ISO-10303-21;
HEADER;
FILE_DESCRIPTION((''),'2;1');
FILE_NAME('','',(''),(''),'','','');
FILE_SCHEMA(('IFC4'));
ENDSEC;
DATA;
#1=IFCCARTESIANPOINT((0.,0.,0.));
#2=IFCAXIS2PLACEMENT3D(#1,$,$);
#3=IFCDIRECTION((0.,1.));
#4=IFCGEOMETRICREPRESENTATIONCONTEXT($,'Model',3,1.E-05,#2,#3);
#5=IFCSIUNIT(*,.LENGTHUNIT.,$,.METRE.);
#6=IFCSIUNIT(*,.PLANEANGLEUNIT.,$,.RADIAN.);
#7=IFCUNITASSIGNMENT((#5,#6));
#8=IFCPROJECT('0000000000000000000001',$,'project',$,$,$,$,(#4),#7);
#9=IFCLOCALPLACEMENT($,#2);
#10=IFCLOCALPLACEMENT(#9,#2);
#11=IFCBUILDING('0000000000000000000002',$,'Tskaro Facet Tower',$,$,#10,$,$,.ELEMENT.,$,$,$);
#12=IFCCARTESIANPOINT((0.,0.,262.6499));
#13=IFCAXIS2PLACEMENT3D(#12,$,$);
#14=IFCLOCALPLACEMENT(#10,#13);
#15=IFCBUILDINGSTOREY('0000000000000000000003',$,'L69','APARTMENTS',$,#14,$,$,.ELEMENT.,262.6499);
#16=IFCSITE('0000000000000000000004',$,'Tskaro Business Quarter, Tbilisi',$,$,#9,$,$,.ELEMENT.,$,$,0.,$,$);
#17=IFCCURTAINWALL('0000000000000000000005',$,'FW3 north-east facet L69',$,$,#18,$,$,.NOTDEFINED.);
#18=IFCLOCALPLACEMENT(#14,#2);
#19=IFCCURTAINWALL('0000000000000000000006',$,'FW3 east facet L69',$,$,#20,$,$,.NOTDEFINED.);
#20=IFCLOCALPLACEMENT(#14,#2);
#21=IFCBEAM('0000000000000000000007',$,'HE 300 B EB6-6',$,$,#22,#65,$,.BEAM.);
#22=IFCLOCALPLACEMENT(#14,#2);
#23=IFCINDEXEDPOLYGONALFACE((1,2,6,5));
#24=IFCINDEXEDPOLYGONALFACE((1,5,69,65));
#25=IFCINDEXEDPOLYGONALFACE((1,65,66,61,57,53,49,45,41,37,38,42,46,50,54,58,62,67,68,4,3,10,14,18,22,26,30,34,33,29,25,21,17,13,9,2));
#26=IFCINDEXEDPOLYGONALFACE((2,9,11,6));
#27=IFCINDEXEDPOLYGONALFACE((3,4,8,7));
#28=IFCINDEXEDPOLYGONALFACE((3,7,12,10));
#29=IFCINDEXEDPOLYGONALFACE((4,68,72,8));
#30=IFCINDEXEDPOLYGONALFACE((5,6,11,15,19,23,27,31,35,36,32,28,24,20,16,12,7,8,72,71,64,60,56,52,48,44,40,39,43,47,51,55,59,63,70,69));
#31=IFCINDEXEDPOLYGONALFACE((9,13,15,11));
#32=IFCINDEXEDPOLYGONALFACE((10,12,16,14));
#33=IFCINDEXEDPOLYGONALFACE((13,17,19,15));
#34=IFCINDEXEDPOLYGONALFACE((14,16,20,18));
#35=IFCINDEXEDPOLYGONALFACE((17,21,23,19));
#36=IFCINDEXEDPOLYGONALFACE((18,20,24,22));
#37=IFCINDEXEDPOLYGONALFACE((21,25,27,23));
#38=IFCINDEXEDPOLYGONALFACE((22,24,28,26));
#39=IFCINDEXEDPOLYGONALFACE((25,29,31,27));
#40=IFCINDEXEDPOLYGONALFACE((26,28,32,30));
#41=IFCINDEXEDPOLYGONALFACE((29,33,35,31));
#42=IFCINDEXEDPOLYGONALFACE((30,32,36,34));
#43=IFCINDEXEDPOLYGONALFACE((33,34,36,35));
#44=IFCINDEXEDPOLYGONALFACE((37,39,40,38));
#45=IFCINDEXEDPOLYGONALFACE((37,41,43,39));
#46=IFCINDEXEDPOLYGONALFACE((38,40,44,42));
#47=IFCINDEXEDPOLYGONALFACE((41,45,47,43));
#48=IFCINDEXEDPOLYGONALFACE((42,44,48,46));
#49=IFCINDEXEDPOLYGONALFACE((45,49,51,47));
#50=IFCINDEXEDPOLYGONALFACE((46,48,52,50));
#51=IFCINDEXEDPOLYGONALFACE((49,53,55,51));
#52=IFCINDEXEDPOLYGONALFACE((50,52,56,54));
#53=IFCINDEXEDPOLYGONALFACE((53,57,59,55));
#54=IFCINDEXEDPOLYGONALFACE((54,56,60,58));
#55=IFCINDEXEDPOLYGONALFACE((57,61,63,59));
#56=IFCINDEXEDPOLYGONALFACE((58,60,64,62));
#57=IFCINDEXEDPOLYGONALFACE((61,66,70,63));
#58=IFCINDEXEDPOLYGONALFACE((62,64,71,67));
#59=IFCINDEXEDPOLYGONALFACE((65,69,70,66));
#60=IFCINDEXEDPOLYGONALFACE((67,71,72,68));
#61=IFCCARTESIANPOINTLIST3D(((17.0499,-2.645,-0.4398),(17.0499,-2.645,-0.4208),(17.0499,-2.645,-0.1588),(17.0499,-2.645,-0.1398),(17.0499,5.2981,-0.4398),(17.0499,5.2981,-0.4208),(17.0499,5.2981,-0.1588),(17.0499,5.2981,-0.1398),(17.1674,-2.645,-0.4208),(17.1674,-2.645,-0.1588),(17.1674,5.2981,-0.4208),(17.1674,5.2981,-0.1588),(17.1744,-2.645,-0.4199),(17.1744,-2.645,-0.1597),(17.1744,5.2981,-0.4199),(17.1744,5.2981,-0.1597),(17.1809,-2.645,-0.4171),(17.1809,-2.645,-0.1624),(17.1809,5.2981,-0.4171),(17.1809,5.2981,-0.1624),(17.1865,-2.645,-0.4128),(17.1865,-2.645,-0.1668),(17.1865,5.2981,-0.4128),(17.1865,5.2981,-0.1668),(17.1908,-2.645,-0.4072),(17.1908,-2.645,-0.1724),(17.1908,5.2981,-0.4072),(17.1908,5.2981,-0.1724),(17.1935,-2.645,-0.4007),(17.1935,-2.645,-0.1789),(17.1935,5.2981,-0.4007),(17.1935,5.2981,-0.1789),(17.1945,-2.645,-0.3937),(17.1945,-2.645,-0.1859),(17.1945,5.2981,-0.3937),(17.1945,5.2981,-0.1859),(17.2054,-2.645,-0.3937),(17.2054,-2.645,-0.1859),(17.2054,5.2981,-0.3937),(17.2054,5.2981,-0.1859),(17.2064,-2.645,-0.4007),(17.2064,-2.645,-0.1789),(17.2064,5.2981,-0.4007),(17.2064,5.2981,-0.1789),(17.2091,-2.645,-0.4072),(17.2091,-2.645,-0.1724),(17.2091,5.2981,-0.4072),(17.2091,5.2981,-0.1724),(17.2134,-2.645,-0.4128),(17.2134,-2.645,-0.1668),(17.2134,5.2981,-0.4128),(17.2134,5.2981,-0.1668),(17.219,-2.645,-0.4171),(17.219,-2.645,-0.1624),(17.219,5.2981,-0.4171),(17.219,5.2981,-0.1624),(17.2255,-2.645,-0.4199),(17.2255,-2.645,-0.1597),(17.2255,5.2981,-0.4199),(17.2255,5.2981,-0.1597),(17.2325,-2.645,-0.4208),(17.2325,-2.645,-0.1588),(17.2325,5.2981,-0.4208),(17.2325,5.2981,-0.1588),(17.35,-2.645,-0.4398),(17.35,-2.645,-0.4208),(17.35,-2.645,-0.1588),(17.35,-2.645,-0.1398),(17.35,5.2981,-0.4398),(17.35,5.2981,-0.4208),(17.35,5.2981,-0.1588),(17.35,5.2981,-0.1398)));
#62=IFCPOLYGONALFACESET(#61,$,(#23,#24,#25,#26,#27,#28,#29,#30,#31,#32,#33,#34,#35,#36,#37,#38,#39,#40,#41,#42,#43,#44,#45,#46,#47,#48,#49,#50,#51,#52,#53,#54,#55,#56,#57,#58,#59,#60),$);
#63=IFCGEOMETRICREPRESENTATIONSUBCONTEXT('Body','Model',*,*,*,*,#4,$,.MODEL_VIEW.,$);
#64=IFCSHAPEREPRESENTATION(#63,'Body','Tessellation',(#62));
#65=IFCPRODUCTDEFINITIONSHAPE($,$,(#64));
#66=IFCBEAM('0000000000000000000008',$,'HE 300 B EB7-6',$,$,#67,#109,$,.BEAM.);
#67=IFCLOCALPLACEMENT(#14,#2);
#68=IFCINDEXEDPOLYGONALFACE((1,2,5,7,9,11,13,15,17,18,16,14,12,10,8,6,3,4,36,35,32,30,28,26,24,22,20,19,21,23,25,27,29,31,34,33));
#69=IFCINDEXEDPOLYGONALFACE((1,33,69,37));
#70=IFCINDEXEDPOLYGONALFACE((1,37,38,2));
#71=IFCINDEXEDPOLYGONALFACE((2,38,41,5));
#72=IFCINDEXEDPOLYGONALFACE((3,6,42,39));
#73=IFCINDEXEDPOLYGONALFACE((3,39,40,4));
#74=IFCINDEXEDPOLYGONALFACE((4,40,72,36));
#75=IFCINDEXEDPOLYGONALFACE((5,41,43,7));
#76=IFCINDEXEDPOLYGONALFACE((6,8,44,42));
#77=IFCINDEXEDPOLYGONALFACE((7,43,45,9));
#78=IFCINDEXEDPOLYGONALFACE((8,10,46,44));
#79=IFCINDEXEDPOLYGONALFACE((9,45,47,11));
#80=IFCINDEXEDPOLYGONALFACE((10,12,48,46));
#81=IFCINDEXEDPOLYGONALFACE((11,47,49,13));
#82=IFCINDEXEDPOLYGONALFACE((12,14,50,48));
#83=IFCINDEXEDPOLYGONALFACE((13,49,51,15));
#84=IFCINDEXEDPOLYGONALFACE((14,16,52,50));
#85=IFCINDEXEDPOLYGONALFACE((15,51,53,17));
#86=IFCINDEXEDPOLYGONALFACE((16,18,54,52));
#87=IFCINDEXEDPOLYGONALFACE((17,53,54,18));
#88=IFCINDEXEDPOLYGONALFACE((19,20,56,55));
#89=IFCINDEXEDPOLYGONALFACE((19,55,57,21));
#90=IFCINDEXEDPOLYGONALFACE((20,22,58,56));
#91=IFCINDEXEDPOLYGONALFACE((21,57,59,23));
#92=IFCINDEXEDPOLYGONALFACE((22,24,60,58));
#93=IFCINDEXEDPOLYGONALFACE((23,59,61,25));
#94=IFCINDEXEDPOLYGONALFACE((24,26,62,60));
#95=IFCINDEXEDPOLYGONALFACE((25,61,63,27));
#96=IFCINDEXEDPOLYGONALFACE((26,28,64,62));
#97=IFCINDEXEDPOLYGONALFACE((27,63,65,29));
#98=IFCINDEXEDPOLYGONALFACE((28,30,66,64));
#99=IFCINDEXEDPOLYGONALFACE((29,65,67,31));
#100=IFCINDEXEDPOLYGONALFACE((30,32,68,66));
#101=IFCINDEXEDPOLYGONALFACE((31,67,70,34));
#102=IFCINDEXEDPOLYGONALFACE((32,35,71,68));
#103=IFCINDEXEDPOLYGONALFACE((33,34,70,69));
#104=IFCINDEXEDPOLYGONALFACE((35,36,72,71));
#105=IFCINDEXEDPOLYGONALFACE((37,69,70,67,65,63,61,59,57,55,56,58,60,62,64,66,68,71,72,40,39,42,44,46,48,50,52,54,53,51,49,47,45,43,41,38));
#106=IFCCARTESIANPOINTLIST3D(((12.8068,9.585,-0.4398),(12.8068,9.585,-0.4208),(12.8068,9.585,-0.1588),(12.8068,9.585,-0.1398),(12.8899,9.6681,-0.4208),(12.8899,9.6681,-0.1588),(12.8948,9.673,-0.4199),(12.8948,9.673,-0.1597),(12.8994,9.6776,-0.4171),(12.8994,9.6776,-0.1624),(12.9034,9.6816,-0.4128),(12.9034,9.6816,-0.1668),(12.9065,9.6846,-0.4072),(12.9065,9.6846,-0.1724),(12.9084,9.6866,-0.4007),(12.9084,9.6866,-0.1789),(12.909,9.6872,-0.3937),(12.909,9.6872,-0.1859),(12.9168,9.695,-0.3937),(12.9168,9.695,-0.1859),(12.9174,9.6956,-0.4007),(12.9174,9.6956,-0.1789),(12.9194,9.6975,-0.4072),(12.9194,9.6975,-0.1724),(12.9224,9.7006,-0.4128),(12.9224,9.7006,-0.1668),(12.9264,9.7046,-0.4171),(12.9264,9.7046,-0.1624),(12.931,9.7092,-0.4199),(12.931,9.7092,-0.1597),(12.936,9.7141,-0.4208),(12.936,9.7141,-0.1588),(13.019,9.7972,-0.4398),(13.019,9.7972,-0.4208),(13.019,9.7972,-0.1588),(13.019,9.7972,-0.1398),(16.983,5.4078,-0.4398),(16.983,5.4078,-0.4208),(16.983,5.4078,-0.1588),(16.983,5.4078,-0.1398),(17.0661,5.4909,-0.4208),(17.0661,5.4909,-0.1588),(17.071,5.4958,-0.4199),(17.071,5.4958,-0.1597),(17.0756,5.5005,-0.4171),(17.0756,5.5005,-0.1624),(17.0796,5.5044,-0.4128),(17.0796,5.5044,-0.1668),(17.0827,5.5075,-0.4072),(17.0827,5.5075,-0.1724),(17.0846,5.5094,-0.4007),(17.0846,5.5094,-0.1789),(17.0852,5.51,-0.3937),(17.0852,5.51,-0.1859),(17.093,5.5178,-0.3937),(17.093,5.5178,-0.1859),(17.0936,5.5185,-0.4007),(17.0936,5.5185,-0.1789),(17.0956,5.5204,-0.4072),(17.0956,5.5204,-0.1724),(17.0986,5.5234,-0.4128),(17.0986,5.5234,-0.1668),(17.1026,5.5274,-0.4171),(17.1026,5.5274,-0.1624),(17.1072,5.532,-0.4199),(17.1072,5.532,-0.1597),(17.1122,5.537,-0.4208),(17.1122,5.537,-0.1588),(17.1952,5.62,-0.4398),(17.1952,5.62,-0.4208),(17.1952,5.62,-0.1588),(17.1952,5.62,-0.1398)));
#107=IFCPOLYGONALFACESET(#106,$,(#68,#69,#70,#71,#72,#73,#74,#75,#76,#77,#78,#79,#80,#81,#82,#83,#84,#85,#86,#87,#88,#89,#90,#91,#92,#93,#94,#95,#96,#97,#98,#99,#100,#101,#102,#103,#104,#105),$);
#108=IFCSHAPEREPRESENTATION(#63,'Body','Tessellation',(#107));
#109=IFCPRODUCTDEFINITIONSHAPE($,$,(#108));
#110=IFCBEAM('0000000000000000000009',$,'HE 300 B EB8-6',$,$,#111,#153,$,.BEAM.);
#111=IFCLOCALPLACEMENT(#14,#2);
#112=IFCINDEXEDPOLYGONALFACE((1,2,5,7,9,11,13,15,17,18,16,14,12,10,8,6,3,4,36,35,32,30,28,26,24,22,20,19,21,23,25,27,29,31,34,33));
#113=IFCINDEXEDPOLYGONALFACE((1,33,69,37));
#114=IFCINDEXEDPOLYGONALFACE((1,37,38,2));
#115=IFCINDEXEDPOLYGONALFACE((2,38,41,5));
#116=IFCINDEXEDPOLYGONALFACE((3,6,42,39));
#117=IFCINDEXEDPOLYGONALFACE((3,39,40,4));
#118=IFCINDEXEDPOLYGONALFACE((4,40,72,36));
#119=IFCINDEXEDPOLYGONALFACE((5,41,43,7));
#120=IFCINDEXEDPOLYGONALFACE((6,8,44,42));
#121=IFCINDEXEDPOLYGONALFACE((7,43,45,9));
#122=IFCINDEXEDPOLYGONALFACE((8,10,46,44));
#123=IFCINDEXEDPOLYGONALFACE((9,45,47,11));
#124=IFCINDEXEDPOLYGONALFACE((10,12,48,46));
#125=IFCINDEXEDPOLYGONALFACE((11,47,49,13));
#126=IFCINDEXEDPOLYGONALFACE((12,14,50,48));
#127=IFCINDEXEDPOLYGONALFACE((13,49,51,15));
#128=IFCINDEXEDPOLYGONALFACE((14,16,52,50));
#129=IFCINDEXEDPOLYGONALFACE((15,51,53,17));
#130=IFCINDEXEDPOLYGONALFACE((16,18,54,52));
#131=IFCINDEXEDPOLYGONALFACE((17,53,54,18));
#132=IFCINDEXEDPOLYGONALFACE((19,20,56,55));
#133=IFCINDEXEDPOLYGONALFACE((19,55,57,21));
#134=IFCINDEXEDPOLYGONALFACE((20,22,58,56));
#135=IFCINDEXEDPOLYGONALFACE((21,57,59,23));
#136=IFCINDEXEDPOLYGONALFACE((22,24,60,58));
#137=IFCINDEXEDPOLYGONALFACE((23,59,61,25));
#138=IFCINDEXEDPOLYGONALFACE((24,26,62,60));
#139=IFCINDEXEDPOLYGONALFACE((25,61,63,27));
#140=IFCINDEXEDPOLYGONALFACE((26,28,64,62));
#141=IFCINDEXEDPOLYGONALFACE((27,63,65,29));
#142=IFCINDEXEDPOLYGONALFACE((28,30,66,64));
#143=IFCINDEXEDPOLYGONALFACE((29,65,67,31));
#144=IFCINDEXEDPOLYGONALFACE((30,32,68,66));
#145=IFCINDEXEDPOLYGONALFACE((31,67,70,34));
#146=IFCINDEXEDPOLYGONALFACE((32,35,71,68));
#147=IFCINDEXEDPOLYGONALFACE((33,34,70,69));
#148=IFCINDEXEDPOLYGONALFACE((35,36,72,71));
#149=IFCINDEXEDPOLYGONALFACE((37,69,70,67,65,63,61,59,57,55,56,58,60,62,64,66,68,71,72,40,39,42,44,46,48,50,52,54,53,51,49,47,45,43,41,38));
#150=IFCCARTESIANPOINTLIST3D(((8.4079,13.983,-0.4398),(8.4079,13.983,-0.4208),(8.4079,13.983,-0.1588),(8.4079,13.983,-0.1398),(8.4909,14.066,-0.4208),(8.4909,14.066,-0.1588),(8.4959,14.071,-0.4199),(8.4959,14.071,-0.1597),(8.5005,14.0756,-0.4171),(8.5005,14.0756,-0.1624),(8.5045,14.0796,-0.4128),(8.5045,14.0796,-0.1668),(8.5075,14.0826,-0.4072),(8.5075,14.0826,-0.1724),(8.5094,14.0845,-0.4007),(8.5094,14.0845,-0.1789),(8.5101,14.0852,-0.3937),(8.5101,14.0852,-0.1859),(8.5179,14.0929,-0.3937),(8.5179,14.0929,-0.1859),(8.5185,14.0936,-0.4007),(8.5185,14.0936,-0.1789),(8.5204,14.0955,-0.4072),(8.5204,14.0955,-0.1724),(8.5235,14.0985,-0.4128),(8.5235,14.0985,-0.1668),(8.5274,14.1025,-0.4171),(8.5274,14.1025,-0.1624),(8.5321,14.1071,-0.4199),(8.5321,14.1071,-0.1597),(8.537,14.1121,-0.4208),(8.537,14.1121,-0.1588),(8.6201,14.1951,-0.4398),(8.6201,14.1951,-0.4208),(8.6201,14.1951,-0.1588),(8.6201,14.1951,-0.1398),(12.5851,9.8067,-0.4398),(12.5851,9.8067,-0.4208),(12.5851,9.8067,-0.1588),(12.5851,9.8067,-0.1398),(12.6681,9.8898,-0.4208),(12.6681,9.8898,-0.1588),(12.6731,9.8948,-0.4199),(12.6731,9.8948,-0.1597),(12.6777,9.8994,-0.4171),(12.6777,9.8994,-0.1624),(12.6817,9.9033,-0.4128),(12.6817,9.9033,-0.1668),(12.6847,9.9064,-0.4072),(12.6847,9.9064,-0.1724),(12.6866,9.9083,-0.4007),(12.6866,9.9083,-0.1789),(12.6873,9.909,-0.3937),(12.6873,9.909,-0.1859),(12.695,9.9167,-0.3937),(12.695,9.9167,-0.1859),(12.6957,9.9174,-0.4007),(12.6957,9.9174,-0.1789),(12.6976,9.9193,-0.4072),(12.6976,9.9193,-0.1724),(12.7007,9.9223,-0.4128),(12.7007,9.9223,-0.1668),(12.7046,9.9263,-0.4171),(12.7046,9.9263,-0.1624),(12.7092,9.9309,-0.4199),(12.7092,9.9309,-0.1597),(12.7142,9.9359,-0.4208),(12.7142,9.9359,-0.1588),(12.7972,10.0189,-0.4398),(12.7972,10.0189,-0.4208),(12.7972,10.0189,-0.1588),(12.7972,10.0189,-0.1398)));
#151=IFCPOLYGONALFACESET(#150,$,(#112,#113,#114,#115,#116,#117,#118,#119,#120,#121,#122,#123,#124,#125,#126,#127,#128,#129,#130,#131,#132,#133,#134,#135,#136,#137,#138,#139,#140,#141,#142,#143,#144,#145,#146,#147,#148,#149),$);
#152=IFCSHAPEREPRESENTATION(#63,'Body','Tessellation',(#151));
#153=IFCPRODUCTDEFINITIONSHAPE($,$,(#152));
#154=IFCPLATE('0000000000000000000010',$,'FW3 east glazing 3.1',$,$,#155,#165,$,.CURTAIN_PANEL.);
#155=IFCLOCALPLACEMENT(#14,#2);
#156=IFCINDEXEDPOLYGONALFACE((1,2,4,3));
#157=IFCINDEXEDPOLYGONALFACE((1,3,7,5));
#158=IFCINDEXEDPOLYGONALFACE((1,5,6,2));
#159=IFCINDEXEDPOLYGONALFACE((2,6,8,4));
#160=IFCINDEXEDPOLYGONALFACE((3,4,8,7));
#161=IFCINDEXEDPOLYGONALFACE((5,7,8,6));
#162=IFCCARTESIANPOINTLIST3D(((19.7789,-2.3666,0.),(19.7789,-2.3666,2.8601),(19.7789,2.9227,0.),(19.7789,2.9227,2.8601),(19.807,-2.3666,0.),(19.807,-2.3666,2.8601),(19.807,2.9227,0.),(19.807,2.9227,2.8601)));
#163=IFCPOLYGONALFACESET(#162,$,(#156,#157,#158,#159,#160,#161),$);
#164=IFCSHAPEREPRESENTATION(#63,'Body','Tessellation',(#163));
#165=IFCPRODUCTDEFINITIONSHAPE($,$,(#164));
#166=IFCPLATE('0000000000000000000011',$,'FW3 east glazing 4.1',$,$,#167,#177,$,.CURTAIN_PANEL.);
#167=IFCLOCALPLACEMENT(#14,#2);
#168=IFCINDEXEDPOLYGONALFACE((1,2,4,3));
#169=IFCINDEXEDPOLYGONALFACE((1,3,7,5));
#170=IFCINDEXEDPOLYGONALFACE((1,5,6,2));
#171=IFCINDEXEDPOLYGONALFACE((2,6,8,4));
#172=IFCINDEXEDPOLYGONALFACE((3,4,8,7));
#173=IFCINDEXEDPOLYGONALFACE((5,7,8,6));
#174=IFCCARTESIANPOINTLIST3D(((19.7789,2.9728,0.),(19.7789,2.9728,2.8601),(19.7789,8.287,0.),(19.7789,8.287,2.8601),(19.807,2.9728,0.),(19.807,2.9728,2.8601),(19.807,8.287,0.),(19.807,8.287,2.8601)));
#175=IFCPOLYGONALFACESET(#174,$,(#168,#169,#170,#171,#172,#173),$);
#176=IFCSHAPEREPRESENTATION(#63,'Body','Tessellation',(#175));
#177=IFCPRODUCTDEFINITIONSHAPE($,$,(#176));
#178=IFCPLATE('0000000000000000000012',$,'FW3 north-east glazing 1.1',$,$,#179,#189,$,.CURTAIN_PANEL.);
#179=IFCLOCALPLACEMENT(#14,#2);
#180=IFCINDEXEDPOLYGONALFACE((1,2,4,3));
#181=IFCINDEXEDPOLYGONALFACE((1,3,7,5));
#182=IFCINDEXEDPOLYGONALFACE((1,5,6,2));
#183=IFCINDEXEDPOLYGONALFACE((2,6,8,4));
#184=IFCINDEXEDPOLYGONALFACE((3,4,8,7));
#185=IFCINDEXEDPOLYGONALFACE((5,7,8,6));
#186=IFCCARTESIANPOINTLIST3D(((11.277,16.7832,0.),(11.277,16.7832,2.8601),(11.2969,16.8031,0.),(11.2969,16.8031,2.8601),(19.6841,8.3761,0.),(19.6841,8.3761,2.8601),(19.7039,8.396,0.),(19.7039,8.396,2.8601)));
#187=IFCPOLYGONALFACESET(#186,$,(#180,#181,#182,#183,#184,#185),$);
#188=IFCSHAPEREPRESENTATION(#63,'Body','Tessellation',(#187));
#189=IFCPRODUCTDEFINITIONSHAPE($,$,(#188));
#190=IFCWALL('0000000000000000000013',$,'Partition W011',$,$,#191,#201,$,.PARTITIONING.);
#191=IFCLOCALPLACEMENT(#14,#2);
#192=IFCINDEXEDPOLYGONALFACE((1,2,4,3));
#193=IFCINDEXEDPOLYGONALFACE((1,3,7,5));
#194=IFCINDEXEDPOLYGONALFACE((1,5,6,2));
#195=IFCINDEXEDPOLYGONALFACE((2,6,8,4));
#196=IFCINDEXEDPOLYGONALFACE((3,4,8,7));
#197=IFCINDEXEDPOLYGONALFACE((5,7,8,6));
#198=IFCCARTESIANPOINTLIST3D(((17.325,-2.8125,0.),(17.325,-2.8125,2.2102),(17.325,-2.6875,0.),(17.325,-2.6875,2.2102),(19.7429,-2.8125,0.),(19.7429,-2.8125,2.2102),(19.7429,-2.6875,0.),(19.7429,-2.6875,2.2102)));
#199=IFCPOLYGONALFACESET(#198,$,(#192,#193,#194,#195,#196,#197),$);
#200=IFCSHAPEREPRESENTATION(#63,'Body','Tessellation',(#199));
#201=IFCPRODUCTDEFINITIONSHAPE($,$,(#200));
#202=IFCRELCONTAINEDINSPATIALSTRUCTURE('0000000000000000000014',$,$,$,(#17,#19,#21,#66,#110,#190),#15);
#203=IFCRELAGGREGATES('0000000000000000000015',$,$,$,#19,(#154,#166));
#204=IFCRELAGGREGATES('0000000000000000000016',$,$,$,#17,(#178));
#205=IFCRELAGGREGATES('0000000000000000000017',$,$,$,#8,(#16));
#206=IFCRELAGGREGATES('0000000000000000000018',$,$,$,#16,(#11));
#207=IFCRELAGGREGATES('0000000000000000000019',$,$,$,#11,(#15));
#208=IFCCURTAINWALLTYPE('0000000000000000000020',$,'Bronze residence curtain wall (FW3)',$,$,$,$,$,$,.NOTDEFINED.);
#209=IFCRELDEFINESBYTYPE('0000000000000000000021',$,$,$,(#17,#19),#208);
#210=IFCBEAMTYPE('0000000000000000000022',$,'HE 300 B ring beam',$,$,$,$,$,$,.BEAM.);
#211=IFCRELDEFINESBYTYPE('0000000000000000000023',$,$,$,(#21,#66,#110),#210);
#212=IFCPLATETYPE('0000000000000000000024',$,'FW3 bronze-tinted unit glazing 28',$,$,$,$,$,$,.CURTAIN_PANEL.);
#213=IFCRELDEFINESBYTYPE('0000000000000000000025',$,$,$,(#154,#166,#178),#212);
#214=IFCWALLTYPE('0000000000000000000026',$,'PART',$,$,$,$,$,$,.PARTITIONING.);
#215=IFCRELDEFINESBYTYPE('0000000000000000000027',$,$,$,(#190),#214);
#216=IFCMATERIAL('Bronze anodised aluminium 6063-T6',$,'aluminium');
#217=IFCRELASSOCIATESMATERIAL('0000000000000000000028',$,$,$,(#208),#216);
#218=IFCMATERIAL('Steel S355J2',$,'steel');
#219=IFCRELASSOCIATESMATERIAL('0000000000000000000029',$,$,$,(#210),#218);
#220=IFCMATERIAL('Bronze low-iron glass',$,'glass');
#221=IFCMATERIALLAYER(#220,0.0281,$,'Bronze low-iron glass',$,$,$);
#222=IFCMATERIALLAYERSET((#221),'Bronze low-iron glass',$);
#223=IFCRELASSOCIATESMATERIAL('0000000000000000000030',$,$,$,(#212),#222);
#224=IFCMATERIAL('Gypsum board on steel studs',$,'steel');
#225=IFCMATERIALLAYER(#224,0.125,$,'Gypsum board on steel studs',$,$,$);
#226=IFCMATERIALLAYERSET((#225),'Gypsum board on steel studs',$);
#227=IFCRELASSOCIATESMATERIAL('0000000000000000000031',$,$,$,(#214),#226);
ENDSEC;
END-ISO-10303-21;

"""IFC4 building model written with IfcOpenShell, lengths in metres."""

from ifc_helpers import new_model, si_unit, direction, frame, frame_2d, origin, origin_2d, place, context, subcontext, project, spatial, rectangle, i_section, extrude, material, layer, layer_set, material_profile, profile_set, type_object, element, aggregate, save


model = new_model("IFC4")

# Units and contexts
model_context = context("Model", 3, precision=1e-05, world=origin(), true_north=direction((0.0, 1.0)))
body_context = subcontext(model_context, "Body", "Model", "MODEL_VIEW")
ifc_project = project(units=[si_unit("LENGTHUNIT", "METRE"), si_unit("PLANEANGLEUNIT", "RADIAN")], contexts=[model_context])

# Site, building, storey
site_placement = place(None, origin())
site = spatial("IfcSite", under=ifc_project, at=site_placement, Name="Tskaro Business Quarter, Tbilisi", CompositionType="ELEMENT", RefElevation=0.0)
building_placement = place(site_placement, origin())
building = spatial("IfcBuilding", under=site, at=building_placement, Name="Tskaro Facet Tower", CompositionType="ELEMENT")
storey_placement = place(building_placement, frame((0.0, 0.0, 262.6499)))
storey = spatial("IfcBuildingStorey", under=building, at=storey_placement, Name="L69", Description="APARTMENTS", CompositionType="ELEMENT", Elevation=262.6499)

# Shared definitions
ifc_material_1 = material(Name="Steel S355J2", Category="steel")

# Curtain wall
ifc_material_2 = material(Name="Bronze anodised aluminium 6063-T6", Category="aluminium")
curtain_wall_type = type_object("IfcCurtainWallType", Name="Bronze residence curtain wall (FW3)", PredefinedType="NOTDEFINED", material=ifc_material_2)
curtain_wall_1_placement = place(storey_placement, origin())
curtain_wall_1 = element("IfcCurtainWall", 1, at=curtain_wall_1_placement, inside=storey, type_object=curtain_wall_type, Name="FW3 north-east facet L69", PredefinedType="NOTDEFINED")

# Curtain wall
curtain_wall_2_placement = place(storey_placement, origin())
curtain_wall_2 = element("IfcCurtainWall", 2, at=curtain_wall_2_placement, inside=storey, type_object=curtain_wall_type, Name="FW3 east facet L69", PredefinedType="NOTDEFINED")

# Beams
ifc_material_profile_1 = material_profile(ifc_material_1, i_section(OverallWidth=0.3, OverallDepth=0.3, WebThickness=0.011, FlangeThickness=0.019, FilletRadius=0.0271, at=origin_2d()), Name="HE 300 B")
ifc_profile_set_1 = profile_set([ifc_material_profile_1], Name="Steel S355J2")
beam_type = type_object("IfcBeamType", Name="HE 300 B ring beam", PredefinedType="BEAM", material=ifc_profile_set_1)
beam_placement = place(storey_placement, frame((17.2, -2.645, -0.2898), z_axis=(0.0, 1.0, 0.0), x_axis=(-1.0, 0.0, 0.0)))
element("IfcBeam", 3, at=beam_placement, inside=storey, type_object=beam_type, Name="HE 300 B EB6-6", PredefinedType="BEAM", context=body_context, shape_type="SweptSolid", body=[
    extrude(i_section(OverallWidth=0.3, OverallDepth=0.3, WebThickness=0.011, FlangeThickness=0.019, FilletRadius=0.0271, at=origin_2d()), origin(), (0.0, 0.0, 1.0), 7.9431),
])
for number, where, z_axis, x_axis, name in (
    (4, (17.0891, 5.5139, -0.2898), (-0.707024, 0.707189, 0.0), (-0.707189, -0.707024, 0.0), "HE 300 B EB7-6"),
    (5, (12.6912, 9.9128, -0.2898), (-0.707189, 0.707024, 0.0), (-0.707024, -0.707189, 0.0), "HE 300 B EB8-6"),
):
    element("IfcBeam", number, at=place(storey_placement, frame(where, z_axis=z_axis, x_axis=x_axis)), inside=storey, type_object=beam_type, Name=name, PredefinedType="BEAM", context=body_context, shape_type="SweptSolid", body=[
        extrude(i_section(OverallWidth=0.3, OverallDepth=0.3, WebThickness=0.011, FlangeThickness=0.019, FilletRadius=0.0271, at=origin_2d()), origin(), (0.0, 0.0, 1.0), 5.9067),
    ])

# Plates
ifc_material_3 = material(Name="Bronze low-iron glass", Category="glass")
ifc_layer_1 = layer(ifc_material_3, 0.0281, Name="Bronze low-iron glass")
ifc_layer_set_1 = layer_set([ifc_layer_1], Name="Bronze low-iron glass")
plate_type = type_object("IfcPlateType", Name="FW3 bronze-tinted unit glazing 28", PredefinedType="CURTAIN_PANEL", material=ifc_layer_set_1)
plate_1_placement = place(storey_placement, frame((19.793, 0.2781, 0.0), z_axis=(0.0, 0.0, 1.0), x_axis=(0.0, 1.0, 0.0)))
plate_1 = element("IfcPlate", 6, at=plate_1_placement, type_object=plate_type, Name="FW3 east glazing 3.1", PredefinedType="CURTAIN_PANEL", context=body_context, shape_type="SweptSolid", body=[
    extrude(rectangle(XDim=5.2893, YDim=0.0281, at=origin_2d()), origin(), (0.0, 0.0, 1.0), 2.8601),
])
plate_2_placement = place(storey_placement, frame((19.793, 5.6299, 0.0), z_axis=(0.0, 0.0, 1.0), x_axis=(0.0, 1.0, 0.0)))
plate_2 = element("IfcPlate", 7, at=plate_2_placement, type_object=plate_type, Name="FW3 east glazing 4.1", PredefinedType="CURTAIN_PANEL", context=body_context, shape_type="SweptSolid", body=[
    extrude(rectangle(XDim=5.3142, YDim=0.0281, at=origin_2d()), origin(), (0.0, 0.0, 1.0), 2.8601),
])
aggregate(curtain_wall_2, [plate_1, plate_2])
plate_3_placement = place(storey_placement, frame((15.4905, 12.5896, 0.0), z_axis=(0.0, 0.0, 1.0), x_axis=(-0.707107, 0.707107, 0.0)))
plate_3 = element("IfcPlate", 8, at=plate_3_placement, type_object=plate_type, Name="FW3 north-east glazing 1.1", PredefinedType="CURTAIN_PANEL", context=body_context, shape_type="SweptSolid", body=[
    extrude(rectangle(XDim=11.8894, YDim=0.0281, at=origin_2d()), origin(), (0.0, 0.0, 1.0), 2.8601),
])
aggregate(curtain_wall_1, [plate_3])

# Wall
ifc_material_4 = material(Name="Gypsum board on steel studs", Category="steel")
ifc_layer_2 = layer(ifc_material_4, 0.125, Name="Gypsum board on steel studs")
ifc_layer_set_2 = layer_set([ifc_layer_2], Name="Gypsum board on steel studs")
wall_type_1 = type_object("IfcWallType", Name="PART", PredefinedType="PARTITIONING", material=ifc_layer_set_2)
wall_1_placement = place(storey_placement, frame((17.325, -2.75, 0.0), z_axis=(0.0, 0.0, 1.0), x_axis=(1.0, 0.0, 0.0)))
element("IfcWall", 9, at=wall_1_placement, inside=storey, type_object=wall_type_1, Name="Partition W011", PredefinedType="PARTITIONING", context=body_context, shape_type="SweptSolid", body=[
    extrude(rectangle(XDim=2.418, YDim=0.125, at=frame_2d((1.209, 0.0))), origin(), (0.0, 0.0, 1.0), 2.2102),
])

save(model, "model.ifc")
